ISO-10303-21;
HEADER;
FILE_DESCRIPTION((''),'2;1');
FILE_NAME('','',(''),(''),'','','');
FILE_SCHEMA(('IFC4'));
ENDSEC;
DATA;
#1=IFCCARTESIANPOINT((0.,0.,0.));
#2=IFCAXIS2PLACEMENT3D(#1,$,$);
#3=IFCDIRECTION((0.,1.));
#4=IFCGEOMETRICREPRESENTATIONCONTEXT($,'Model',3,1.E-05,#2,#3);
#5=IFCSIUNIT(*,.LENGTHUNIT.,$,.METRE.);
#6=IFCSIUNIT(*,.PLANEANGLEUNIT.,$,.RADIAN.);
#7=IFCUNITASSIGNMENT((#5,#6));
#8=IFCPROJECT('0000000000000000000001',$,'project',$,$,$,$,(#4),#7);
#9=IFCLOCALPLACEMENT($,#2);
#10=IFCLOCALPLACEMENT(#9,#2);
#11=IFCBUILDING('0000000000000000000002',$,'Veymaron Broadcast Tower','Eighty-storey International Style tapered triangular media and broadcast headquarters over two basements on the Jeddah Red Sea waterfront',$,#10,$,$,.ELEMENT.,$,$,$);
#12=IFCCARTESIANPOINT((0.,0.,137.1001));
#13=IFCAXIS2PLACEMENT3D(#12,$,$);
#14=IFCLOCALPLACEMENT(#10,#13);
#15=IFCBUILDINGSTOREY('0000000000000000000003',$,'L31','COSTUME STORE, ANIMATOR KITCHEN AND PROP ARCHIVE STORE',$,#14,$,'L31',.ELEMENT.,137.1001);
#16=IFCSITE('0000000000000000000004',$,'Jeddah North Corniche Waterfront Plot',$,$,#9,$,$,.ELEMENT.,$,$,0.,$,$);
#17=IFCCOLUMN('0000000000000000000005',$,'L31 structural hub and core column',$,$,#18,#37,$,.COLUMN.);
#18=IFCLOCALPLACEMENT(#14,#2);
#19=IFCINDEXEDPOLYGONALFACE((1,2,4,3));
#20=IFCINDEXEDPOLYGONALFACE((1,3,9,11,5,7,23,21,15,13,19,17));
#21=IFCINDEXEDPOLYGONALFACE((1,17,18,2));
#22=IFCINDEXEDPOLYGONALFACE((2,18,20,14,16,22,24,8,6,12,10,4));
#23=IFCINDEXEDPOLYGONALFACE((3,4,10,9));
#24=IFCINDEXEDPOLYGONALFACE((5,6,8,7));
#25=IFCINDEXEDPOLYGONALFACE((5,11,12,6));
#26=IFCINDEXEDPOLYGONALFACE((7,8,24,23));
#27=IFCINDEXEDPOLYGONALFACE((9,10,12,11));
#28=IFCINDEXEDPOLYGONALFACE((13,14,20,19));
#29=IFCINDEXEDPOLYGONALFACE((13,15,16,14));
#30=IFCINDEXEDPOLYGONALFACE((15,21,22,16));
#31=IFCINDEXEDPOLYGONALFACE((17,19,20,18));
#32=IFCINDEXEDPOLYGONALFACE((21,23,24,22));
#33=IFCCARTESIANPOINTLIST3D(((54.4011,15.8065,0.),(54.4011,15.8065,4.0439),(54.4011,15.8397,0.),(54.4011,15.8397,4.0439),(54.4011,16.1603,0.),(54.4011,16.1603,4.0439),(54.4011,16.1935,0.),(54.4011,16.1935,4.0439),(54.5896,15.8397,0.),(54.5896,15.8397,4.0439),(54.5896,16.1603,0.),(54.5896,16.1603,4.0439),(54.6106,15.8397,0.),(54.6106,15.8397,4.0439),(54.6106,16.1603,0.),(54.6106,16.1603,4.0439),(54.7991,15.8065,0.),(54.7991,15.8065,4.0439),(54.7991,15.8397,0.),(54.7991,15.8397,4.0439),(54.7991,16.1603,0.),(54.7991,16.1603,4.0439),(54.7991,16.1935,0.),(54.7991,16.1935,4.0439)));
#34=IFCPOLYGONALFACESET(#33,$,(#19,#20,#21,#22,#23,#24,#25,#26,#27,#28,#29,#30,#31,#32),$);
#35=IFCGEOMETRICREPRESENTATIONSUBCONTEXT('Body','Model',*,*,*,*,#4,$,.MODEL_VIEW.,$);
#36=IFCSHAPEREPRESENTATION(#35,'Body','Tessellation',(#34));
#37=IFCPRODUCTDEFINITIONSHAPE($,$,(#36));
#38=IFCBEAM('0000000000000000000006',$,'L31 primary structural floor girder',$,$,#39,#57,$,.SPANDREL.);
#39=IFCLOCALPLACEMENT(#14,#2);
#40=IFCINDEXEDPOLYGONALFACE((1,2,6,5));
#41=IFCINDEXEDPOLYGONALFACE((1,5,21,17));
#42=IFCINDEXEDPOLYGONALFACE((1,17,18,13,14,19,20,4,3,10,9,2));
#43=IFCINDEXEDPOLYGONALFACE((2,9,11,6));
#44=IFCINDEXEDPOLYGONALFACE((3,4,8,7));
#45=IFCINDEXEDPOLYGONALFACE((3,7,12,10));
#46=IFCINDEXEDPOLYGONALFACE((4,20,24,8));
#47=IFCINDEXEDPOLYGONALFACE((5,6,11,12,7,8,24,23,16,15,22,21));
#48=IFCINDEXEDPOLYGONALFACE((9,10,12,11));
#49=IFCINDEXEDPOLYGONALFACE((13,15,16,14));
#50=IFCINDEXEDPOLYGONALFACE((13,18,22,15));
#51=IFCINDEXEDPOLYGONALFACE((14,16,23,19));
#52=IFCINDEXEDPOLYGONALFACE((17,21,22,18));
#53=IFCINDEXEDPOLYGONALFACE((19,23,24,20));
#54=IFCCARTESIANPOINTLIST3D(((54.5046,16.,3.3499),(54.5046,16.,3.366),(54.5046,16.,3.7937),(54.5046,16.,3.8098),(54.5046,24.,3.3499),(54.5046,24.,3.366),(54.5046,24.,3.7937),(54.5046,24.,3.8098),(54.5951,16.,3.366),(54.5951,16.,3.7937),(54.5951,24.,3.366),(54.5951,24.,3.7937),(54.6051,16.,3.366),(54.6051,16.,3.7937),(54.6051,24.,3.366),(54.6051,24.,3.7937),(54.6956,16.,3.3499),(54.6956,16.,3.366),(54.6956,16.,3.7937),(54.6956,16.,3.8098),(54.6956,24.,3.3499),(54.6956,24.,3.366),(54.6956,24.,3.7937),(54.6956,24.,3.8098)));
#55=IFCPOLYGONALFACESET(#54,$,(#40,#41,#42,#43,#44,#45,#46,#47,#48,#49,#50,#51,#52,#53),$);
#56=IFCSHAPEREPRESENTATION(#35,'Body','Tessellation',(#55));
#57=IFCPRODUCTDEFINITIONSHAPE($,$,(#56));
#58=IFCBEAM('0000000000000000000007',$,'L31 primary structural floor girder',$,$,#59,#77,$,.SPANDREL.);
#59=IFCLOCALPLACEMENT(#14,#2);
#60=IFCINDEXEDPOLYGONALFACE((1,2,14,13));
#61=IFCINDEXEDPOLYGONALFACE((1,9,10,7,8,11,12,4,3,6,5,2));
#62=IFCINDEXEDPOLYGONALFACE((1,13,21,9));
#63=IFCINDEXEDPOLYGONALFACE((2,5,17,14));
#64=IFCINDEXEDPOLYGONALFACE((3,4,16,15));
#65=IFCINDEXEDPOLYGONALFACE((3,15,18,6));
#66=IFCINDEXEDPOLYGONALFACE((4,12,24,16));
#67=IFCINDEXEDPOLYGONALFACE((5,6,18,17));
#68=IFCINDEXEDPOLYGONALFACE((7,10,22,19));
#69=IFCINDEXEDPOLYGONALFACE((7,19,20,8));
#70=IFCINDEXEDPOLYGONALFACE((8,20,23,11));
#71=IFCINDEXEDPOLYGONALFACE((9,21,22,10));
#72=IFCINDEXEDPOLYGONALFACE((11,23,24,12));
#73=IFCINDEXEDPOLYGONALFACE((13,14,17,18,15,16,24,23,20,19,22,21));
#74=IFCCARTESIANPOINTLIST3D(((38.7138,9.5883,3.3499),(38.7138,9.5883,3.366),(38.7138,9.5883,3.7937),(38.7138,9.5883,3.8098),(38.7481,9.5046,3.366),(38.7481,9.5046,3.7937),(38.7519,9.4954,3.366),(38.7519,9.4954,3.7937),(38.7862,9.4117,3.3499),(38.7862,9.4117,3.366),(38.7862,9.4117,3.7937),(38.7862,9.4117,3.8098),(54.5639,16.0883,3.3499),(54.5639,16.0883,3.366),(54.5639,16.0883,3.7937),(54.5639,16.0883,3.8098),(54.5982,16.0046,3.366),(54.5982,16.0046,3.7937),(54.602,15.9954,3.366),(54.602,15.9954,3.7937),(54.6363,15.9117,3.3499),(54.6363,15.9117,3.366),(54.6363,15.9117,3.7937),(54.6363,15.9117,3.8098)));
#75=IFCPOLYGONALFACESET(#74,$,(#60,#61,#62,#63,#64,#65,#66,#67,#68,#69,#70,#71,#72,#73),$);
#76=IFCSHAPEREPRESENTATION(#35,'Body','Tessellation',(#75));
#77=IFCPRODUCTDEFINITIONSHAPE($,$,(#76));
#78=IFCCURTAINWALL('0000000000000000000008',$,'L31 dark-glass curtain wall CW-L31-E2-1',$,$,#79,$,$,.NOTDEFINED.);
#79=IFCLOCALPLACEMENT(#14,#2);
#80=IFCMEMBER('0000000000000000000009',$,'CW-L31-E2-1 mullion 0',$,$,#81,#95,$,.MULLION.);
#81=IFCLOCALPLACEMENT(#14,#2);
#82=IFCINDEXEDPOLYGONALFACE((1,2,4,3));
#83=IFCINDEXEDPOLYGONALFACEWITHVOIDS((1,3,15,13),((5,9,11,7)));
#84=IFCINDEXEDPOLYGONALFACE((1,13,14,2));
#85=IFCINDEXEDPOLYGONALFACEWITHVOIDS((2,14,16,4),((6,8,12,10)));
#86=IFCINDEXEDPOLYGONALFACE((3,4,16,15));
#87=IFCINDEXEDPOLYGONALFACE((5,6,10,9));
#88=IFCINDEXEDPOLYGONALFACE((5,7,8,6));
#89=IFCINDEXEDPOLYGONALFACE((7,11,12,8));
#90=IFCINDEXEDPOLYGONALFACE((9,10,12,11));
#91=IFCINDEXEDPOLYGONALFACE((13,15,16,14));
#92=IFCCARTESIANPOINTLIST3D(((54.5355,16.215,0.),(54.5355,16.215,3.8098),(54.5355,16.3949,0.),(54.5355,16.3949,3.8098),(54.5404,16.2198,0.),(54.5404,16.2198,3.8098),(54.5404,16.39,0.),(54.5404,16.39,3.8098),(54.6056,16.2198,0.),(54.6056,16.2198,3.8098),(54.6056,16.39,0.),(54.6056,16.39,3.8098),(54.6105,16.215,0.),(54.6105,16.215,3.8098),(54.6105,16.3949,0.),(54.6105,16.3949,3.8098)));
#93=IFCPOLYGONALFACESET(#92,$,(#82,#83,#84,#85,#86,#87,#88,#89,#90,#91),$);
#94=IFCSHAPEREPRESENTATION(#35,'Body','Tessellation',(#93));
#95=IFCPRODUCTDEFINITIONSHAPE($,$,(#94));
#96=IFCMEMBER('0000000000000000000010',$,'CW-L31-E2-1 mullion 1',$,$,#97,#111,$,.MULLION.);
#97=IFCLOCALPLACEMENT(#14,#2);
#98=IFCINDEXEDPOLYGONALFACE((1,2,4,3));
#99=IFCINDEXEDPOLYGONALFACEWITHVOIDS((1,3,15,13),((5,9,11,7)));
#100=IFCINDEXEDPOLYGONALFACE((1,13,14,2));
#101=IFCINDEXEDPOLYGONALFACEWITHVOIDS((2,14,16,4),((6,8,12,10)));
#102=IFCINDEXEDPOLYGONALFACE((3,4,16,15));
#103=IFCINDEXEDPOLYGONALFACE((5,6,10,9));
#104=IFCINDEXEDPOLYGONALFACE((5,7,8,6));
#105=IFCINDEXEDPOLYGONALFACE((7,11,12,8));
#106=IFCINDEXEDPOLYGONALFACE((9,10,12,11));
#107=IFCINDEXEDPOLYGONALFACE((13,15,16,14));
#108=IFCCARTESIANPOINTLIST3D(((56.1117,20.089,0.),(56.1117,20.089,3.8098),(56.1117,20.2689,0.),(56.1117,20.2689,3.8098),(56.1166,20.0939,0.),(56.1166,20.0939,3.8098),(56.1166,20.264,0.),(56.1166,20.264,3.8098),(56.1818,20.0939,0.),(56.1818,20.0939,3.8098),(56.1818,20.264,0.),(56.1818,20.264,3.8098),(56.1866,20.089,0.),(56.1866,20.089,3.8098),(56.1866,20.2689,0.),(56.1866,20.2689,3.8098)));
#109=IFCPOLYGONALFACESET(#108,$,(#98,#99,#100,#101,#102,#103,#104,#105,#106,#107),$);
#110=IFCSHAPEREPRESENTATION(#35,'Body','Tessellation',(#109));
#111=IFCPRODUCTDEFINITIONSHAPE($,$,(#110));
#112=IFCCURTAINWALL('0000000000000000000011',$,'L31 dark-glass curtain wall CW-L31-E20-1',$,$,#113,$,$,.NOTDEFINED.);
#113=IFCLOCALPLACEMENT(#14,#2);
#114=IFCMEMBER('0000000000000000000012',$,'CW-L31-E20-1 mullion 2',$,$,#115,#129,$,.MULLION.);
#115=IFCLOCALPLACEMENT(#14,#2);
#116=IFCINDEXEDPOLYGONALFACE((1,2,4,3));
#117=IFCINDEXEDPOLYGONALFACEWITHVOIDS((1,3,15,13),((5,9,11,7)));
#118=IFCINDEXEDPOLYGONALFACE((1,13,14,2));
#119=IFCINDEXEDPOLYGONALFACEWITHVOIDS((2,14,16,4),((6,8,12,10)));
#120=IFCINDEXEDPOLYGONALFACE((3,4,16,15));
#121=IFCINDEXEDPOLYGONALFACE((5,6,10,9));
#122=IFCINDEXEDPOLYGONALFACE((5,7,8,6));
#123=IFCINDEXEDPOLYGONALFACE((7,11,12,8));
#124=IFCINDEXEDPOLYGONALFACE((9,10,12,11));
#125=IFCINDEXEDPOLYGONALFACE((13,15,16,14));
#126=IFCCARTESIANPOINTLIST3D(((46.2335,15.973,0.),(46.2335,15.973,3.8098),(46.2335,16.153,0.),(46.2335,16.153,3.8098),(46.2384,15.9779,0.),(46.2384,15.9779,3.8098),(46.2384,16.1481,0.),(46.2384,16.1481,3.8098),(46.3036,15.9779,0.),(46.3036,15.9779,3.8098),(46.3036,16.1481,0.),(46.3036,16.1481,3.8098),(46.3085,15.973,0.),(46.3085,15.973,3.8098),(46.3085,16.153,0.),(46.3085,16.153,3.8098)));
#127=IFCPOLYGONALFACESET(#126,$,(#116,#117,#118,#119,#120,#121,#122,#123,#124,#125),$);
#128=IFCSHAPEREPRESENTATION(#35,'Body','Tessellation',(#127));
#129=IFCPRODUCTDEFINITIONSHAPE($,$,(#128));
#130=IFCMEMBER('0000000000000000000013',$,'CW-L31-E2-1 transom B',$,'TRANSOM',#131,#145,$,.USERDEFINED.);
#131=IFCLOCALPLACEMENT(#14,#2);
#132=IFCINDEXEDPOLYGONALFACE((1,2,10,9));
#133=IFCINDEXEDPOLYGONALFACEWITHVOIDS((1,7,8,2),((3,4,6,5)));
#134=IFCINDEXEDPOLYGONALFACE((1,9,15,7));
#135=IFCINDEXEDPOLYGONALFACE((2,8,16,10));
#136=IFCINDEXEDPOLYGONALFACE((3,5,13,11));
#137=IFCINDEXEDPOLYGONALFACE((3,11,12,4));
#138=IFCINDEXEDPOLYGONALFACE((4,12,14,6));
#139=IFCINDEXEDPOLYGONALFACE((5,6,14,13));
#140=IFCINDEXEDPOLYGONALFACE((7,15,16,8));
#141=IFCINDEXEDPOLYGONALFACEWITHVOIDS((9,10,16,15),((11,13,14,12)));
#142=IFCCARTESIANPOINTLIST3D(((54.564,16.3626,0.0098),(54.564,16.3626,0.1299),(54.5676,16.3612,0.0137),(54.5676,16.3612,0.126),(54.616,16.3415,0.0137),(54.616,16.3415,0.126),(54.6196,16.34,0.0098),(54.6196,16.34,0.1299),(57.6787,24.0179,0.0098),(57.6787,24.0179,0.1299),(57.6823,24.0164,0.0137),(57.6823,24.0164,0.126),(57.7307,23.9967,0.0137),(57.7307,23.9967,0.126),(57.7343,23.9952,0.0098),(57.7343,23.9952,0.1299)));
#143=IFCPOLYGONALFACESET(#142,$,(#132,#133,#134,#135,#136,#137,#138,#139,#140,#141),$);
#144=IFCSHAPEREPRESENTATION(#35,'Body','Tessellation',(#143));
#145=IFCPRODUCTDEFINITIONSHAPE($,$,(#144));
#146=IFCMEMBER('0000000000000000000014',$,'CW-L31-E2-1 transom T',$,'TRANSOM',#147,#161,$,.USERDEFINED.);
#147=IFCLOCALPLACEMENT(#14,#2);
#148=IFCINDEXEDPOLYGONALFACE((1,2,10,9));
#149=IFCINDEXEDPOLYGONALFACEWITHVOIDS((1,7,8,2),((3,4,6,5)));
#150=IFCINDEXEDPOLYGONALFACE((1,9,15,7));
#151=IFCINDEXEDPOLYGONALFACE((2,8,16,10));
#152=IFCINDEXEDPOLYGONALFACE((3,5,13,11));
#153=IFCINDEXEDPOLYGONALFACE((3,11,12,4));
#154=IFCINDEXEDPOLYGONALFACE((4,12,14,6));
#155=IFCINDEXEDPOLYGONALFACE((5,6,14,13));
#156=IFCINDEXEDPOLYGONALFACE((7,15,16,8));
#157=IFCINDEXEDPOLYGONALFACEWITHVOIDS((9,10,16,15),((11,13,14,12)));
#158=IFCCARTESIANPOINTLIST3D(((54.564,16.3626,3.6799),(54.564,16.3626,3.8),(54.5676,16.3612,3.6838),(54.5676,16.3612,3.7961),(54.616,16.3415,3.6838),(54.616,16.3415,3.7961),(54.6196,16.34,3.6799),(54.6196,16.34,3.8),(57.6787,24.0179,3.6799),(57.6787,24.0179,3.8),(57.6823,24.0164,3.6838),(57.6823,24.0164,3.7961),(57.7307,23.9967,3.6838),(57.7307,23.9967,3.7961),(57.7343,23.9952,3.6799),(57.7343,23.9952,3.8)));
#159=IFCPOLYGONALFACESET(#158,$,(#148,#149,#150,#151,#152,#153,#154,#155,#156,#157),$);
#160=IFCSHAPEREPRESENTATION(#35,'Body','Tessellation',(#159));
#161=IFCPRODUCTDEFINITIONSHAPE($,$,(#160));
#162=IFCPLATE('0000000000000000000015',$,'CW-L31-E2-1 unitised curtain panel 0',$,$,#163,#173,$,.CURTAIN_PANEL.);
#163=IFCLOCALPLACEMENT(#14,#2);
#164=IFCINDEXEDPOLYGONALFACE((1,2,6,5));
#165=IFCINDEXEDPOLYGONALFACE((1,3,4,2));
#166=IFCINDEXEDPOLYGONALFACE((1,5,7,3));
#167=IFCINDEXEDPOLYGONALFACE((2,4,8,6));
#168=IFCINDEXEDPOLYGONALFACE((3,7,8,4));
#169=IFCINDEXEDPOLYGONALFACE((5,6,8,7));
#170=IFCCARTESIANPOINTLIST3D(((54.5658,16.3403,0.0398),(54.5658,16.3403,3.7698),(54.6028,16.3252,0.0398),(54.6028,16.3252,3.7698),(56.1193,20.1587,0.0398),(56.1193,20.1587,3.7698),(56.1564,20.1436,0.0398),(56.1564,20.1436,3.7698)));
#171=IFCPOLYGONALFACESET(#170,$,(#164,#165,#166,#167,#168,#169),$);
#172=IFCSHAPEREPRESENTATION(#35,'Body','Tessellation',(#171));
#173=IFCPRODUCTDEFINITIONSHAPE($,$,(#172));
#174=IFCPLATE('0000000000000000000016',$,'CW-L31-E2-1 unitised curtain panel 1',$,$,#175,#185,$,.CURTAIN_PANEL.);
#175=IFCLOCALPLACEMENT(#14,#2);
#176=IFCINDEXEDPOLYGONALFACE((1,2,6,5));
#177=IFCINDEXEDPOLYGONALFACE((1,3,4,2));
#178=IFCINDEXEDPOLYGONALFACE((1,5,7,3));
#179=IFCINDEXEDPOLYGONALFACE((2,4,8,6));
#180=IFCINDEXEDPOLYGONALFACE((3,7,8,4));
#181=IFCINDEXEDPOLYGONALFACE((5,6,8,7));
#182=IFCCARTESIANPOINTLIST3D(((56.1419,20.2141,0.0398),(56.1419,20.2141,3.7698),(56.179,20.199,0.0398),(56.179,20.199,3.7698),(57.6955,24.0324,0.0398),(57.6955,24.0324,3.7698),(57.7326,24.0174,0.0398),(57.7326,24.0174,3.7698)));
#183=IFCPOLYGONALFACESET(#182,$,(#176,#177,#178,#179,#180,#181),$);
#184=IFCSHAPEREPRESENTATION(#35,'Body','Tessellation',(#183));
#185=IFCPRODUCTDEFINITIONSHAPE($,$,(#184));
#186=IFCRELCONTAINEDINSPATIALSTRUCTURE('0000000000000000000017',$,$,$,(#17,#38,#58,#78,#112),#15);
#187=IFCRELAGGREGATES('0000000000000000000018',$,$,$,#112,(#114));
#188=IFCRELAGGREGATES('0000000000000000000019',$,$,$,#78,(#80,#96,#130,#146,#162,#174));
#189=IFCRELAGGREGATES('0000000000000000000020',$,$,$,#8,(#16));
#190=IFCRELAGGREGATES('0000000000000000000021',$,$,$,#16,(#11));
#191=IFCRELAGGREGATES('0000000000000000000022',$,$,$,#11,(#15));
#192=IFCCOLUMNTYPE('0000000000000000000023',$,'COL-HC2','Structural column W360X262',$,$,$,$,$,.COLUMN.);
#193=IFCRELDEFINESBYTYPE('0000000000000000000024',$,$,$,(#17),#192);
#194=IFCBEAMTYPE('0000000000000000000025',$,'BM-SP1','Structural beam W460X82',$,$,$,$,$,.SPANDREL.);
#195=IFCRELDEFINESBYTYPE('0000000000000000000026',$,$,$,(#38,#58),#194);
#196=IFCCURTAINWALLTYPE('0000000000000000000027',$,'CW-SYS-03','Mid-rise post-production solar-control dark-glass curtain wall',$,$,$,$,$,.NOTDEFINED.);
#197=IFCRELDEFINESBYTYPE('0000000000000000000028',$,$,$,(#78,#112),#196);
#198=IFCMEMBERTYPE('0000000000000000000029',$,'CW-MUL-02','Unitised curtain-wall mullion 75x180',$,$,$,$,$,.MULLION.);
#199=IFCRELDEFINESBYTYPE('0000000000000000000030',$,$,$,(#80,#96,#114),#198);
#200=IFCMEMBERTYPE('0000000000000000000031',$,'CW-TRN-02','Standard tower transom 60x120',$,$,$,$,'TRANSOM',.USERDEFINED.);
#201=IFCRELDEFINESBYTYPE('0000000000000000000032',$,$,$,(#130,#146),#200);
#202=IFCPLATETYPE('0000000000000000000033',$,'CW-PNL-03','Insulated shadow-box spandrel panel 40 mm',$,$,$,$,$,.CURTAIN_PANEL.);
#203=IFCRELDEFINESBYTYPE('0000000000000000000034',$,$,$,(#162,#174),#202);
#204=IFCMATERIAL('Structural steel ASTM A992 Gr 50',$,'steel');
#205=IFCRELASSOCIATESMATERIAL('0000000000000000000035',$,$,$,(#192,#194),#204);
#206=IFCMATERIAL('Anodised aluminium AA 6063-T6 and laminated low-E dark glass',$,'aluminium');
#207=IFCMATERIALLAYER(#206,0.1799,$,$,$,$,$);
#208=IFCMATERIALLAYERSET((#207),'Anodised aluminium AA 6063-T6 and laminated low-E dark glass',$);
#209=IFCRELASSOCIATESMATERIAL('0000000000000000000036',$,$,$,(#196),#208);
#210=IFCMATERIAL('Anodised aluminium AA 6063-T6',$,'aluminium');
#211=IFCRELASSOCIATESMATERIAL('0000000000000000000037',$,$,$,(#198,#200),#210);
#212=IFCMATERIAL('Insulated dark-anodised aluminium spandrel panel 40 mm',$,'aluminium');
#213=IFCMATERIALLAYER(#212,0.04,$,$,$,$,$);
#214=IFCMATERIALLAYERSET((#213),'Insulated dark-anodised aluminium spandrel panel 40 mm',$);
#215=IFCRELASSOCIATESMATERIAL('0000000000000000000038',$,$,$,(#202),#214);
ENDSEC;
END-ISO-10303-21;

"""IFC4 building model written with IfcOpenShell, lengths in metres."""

from ifc_helpers import new_model, si_unit, direction, frame, origin, origin_2d, place, context, subcontext, project, spatial, rectangle, hollow_rectangle, i_section, extrude, material, layer, layer_set, material_profile, profile_set, type_object, element, aggregate, save


model = new_model("IFC4")

# Units and contexts
model_context = context("Model", 3, precision=1e-05, world=origin(), true_north=direction((0.0, 1.0)))
body_context = subcontext(model_context, "Body", "Model", "MODEL_VIEW")
ifc_project = project(units=[si_unit("LENGTHUNIT", "METRE"), si_unit("PLANEANGLEUNIT", "RADIAN")], contexts=[model_context])

# Site, building, storey
site_placement = place(None, origin())
site = spatial("IfcSite", under=ifc_project, at=site_placement, Name="Jeddah North Corniche Waterfront Plot", CompositionType="ELEMENT", RefElevation=0.0)
building_placement = place(site_placement, origin())
building = spatial("IfcBuilding", under=site, at=building_placement, Name="Veymaron Broadcast Tower", Description="Eighty-storey International Style tapered triangular media and broadcast headquarters over two basements on the Jeddah Red Sea waterfront", CompositionType="ELEMENT")
storey_placement = place(building_placement, frame((0.0, 0.0, 137.1001)))
storey = spatial("IfcBuildingStorey", under=building, at=storey_placement, Name="L31", Description="COSTUME STORE, ANIMATOR KITCHEN AND PROP ARCHIVE STORE", LongName="L31", CompositionType="ELEMENT", Elevation=137.1001)

# Column
ifc_material_1 = material(Name="Structural steel ASTM A992 Gr 50", Category="steel")
ifc_material_profile_1 = material_profile(ifc_material_1, i_section(OverallWidth=0.3979, OverallDepth=0.387, WebThickness=0.021, FlangeThickness=0.0332, at=origin_2d()), Name="W360X262")
ifc_profile_set_1 = profile_set([ifc_material_profile_1], Name="Structural steel ASTM A992 Gr 50")
column_type = type_object("IfcColumnType", Name="COL-HC2", Description="Structural column W360X262", PredefinedType="COLUMN", material=ifc_profile_set_1)
column_placement = place(storey_placement, frame((54.6001, 16.0, 0.0), z_axis=(0.0, 0.0, 1.0), x_axis=(1.0, 0.0, 0.0)))
element("IfcColumn", 1, at=column_placement, inside=storey, type_object=column_type, Name="L31 structural hub and core column", PredefinedType="COLUMN", context=body_context, shape_type="SweptSolid", body=[
    extrude(i_section(OverallWidth=0.3979, OverallDepth=0.387, WebThickness=0.021, FlangeThickness=0.0332, at=origin_2d()), origin(), (0.0, 0.0, 1.0), 4.0439),
])

# Beams
ifc_material_profile_2 = material_profile(ifc_material_1, i_section(OverallWidth=0.1909, OverallDepth=0.46, WebThickness=0.01, FlangeThickness=0.0161, at=origin_2d()), Name="W460X82")
ifc_profile_set_2 = profile_set([ifc_material_profile_2], Name="Structural steel ASTM A992 Gr 50")
beam_type = type_object("IfcBeamType", Name="BM-SP1", Description="Structural beam W460X82", PredefinedType="SPANDREL", material=ifc_profile_set_2)
beam_1_placement = place(storey_placement, frame((54.6001, 16.0, 3.5798), z_axis=(0.0, 1.0, 0.0), x_axis=(-1.0, 0.0, 0.0)))
element("IfcBeam", 2, at=beam_1_placement, inside=storey, type_object=beam_type, Name="L31 primary structural floor girder", PredefinedType="SPANDREL", context=body_context, shape_type="SweptSolid", body=[
    extrude(i_section(OverallWidth=0.1909, OverallDepth=0.46, WebThickness=0.01, FlangeThickness=0.0161, at=origin_2d()), origin(), (0.0, 0.0, 1.0), 8.0),
])
beam_2_placement = place(storey_placement, frame((54.6001, 16.0, 3.5798), z_axis=(-0.925222, -0.379426, 0.0), x_axis=(0.379426, -0.925222, 0.0)))
element("IfcBeam", 3, at=beam_2_placement, inside=storey, type_object=beam_type, Name="L31 primary structural floor girder", PredefinedType="SPANDREL", context=body_context, shape_type="SweptSolid", body=[
    extrude(i_section(OverallWidth=0.1909, OverallDepth=0.46, WebThickness=0.01, FlangeThickness=0.0161, at=origin_2d()), origin(), (0.0, 0.0, 1.0), 17.1311),
])

# Curtain wall, members
ifc_material_2 = material(Name="Anodised aluminium AA 6063-T6 and laminated low-E dark glass", Category="aluminium")
ifc_layer_1 = layer(ifc_material_2, 0.1799)
ifc_layer_set_1 = layer_set([ifc_layer_1], Name="Anodised aluminium AA 6063-T6 and laminated low-E dark glass")
curtain_wall_type = type_object("IfcCurtainWallType", Name="CW-SYS-03", Description="Mid-rise post-production solar-control dark-glass curtain wall", PredefinedType="NOTDEFINED", material=ifc_layer_set_1)
curtain_wall_1_placement = place(storey_placement, origin())
curtain_wall_1 = element("IfcCurtainWall", 4, at=curtain_wall_1_placement, inside=storey, type_object=curtain_wall_type, Name="L31 dark-glass curtain wall CW-L31-E2-1", PredefinedType="NOTDEFINED")
ifc_material_3 = material(Name="Anodised aluminium AA 6063-T6", Category="aluminium")
ifc_material_profile_3 = material_profile(ifc_material_3, hollow_rectangle(XDim=0.075, YDim=0.1799, WallThickness=0.0049, at=origin_2d()), Name="AL180X75X5")
ifc_profile_set_3 = profile_set([ifc_material_profile_3], Name="Anodised aluminium AA 6063-T6")
member_type_1 = type_object("IfcMemberType", Name="CW-MUL-02", Description="Unitised curtain-wall mullion 75x180", PredefinedType="MULLION", material=ifc_profile_set_3)
member_1_placement = place(storey_placement, frame((54.573, 16.3049, 0.0), z_axis=(0.0, 0.0, 1.0), x_axis=(1.0, 0.0, 0.0)))
member_1 = element("IfcMember", 5, at=member_1_placement, type_object=member_type_1, Name="CW-L31-E2-1 mullion 0", PredefinedType="MULLION", context=body_context, shape_type="SweptSolid", body=[
    extrude(hollow_rectangle(XDim=0.075, YDim=0.1799, WallThickness=0.0049, at=origin_2d()), origin(), (0.0, 0.0, 1.0), 3.8098),
])
member_2_placement = place(storey_placement, frame((56.1492, 20.179, 0.0), z_axis=(0.0, 0.0, 1.0), x_axis=(1.0, 0.0, 0.0)))
member_2 = element("IfcMember", 6, at=member_2_placement, type_object=member_type_1, Name="CW-L31-E2-1 mullion 1", PredefinedType="MULLION", context=body_context, shape_type="SweptSolid", body=[
    extrude(hollow_rectangle(XDim=0.075, YDim=0.1799, WallThickness=0.0049, at=origin_2d()), origin(), (0.0, 0.0, 1.0), 3.8098),
])

# Curtain wall, member
curtain_wall_2_placement = place(storey_placement, origin())
curtain_wall_2 = element("IfcCurtainWall", 7, at=curtain_wall_2_placement, inside=storey, type_object=curtain_wall_type, Name="L31 dark-glass curtain wall CW-L31-E20-1", PredefinedType="NOTDEFINED")
member_3_placement = place(storey_placement, frame((46.271, 16.063, 0.0), z_axis=(0.0, 0.0, 1.0), x_axis=(1.0, 0.0, 0.0)))
member_3 = element("IfcMember", 8, at=member_3_placement, type_object=member_type_1, Name="CW-L31-E20-1 mullion 2", PredefinedType="MULLION", context=body_context, shape_type="SweptSolid", body=[
    extrude(hollow_rectangle(XDim=0.075, YDim=0.1799, WallThickness=0.0049, at=origin_2d()), origin(), (0.0, 0.0, 1.0), 3.8098),
])
aggregate(curtain_wall_2, [member_3])

# Members
ifc_material_profile_4 = material_profile(ifc_material_3, hollow_rectangle(XDim=0.0601, YDim=0.1201, WallThickness=0.0039, at=origin_2d()), Name="AL120X60X4")
ifc_profile_set_4 = profile_set([ifc_material_profile_4], Name="Anodised aluminium AA 6063-T6")
member_type_2 = type_object("IfcMemberType", Name="CW-TRN-02", Description="Standard tower transom 60x120", ElementType="TRANSOM", PredefinedType="USERDEFINED", material=ifc_profile_set_4)
member_4_placement = place(storey_placement, frame((54.5918, 16.3513, 0.0698), z_axis=(0.376875, 0.926264, 0.0), x_axis=(-0.926264, 0.376875, 0.0)))
member_4 = element("IfcMember", 9, at=member_4_placement, type_object=member_type_2, Name="CW-L31-E2-1 transom B", ObjectType="TRANSOM", PredefinedType="USERDEFINED", context=body_context, shape_type="SweptSolid", body=[
    extrude(hollow_rectangle(XDim=0.0601, YDim=0.1201, WallThickness=0.0039, at=origin_2d()), origin(), (0.0, 0.0, 1.0), 8.2646),
])
member_5_placement = place(storey_placement, frame((54.5918, 16.3513, 3.74), z_axis=(0.376875, 0.926264, 0.0), x_axis=(-0.926264, 0.376875, 0.0)))
member_5 = element("IfcMember", 10, at=member_5_placement, type_object=member_type_2, Name="CW-L31-E2-1 transom T", ObjectType="TRANSOM", PredefinedType="USERDEFINED", context=body_context, shape_type="SweptSolid", body=[
    extrude(hollow_rectangle(XDim=0.0601, YDim=0.1201, WallThickness=0.0039, at=origin_2d()), origin(), (0.0, 0.0, 1.0), 8.2646),
])

# Plates
ifc_material_4 = material(Name="Insulated dark-anodised aluminium spandrel panel 40 mm", Category="aluminium")
ifc_layer_2 = layer(ifc_material_4, 0.04)
ifc_layer_set_2 = layer_set([ifc_layer_2], Name="Insulated dark-anodised aluminium spandrel panel 40 mm")
plate_type_1 = type_object("IfcPlateType", Name="CW-PNL-03", Description="Insulated shadow-box spandrel panel 40 mm", PredefinedType="CURTAIN_PANEL", material=ifc_layer_set_2)
plate_1_placement = place(storey_placement, frame((55.3611, 18.2419, 0.0398), z_axis=(0.0, 0.0, 1.0), x_axis=(0.376871, 0.926266, 0.0)))
plate_1 = element("IfcPlate", 11, at=plate_1_placement, type_object=plate_type_1, Name="CW-L31-E2-1 unitised curtain panel 0", PredefinedType="CURTAIN_PANEL", context=body_context, shape_type="SweptSolid", body=[
    extrude(rectangle(XDim=4.1223, YDim=0.04, at=origin_2d()), origin(), (0.0, 0.0, 1.0), 3.73),
])
plate_2_placement = place(storey_placement, frame((56.9373, 22.1157, 0.0398), z_axis=(0.0, 0.0, 1.0), x_axis=(0.376871, 0.926266, 0.0)))
plate_2 = element("IfcPlate", 12, at=plate_2_placement, type_object=plate_type_1, Name="CW-L31-E2-1 unitised curtain panel 1", PredefinedType="CURTAIN_PANEL", context=body_context, shape_type="SweptSolid", body=[
    extrude(rectangle(XDim=4.1223, YDim=0.04, at=origin_2d()), origin(), (0.0, 0.0, 1.0), 3.73),
])
aggregate(curtain_wall_1, [member_1, member_2, member_4, member_5, plate_1, plate_2])

save(model, "model.ifc")
